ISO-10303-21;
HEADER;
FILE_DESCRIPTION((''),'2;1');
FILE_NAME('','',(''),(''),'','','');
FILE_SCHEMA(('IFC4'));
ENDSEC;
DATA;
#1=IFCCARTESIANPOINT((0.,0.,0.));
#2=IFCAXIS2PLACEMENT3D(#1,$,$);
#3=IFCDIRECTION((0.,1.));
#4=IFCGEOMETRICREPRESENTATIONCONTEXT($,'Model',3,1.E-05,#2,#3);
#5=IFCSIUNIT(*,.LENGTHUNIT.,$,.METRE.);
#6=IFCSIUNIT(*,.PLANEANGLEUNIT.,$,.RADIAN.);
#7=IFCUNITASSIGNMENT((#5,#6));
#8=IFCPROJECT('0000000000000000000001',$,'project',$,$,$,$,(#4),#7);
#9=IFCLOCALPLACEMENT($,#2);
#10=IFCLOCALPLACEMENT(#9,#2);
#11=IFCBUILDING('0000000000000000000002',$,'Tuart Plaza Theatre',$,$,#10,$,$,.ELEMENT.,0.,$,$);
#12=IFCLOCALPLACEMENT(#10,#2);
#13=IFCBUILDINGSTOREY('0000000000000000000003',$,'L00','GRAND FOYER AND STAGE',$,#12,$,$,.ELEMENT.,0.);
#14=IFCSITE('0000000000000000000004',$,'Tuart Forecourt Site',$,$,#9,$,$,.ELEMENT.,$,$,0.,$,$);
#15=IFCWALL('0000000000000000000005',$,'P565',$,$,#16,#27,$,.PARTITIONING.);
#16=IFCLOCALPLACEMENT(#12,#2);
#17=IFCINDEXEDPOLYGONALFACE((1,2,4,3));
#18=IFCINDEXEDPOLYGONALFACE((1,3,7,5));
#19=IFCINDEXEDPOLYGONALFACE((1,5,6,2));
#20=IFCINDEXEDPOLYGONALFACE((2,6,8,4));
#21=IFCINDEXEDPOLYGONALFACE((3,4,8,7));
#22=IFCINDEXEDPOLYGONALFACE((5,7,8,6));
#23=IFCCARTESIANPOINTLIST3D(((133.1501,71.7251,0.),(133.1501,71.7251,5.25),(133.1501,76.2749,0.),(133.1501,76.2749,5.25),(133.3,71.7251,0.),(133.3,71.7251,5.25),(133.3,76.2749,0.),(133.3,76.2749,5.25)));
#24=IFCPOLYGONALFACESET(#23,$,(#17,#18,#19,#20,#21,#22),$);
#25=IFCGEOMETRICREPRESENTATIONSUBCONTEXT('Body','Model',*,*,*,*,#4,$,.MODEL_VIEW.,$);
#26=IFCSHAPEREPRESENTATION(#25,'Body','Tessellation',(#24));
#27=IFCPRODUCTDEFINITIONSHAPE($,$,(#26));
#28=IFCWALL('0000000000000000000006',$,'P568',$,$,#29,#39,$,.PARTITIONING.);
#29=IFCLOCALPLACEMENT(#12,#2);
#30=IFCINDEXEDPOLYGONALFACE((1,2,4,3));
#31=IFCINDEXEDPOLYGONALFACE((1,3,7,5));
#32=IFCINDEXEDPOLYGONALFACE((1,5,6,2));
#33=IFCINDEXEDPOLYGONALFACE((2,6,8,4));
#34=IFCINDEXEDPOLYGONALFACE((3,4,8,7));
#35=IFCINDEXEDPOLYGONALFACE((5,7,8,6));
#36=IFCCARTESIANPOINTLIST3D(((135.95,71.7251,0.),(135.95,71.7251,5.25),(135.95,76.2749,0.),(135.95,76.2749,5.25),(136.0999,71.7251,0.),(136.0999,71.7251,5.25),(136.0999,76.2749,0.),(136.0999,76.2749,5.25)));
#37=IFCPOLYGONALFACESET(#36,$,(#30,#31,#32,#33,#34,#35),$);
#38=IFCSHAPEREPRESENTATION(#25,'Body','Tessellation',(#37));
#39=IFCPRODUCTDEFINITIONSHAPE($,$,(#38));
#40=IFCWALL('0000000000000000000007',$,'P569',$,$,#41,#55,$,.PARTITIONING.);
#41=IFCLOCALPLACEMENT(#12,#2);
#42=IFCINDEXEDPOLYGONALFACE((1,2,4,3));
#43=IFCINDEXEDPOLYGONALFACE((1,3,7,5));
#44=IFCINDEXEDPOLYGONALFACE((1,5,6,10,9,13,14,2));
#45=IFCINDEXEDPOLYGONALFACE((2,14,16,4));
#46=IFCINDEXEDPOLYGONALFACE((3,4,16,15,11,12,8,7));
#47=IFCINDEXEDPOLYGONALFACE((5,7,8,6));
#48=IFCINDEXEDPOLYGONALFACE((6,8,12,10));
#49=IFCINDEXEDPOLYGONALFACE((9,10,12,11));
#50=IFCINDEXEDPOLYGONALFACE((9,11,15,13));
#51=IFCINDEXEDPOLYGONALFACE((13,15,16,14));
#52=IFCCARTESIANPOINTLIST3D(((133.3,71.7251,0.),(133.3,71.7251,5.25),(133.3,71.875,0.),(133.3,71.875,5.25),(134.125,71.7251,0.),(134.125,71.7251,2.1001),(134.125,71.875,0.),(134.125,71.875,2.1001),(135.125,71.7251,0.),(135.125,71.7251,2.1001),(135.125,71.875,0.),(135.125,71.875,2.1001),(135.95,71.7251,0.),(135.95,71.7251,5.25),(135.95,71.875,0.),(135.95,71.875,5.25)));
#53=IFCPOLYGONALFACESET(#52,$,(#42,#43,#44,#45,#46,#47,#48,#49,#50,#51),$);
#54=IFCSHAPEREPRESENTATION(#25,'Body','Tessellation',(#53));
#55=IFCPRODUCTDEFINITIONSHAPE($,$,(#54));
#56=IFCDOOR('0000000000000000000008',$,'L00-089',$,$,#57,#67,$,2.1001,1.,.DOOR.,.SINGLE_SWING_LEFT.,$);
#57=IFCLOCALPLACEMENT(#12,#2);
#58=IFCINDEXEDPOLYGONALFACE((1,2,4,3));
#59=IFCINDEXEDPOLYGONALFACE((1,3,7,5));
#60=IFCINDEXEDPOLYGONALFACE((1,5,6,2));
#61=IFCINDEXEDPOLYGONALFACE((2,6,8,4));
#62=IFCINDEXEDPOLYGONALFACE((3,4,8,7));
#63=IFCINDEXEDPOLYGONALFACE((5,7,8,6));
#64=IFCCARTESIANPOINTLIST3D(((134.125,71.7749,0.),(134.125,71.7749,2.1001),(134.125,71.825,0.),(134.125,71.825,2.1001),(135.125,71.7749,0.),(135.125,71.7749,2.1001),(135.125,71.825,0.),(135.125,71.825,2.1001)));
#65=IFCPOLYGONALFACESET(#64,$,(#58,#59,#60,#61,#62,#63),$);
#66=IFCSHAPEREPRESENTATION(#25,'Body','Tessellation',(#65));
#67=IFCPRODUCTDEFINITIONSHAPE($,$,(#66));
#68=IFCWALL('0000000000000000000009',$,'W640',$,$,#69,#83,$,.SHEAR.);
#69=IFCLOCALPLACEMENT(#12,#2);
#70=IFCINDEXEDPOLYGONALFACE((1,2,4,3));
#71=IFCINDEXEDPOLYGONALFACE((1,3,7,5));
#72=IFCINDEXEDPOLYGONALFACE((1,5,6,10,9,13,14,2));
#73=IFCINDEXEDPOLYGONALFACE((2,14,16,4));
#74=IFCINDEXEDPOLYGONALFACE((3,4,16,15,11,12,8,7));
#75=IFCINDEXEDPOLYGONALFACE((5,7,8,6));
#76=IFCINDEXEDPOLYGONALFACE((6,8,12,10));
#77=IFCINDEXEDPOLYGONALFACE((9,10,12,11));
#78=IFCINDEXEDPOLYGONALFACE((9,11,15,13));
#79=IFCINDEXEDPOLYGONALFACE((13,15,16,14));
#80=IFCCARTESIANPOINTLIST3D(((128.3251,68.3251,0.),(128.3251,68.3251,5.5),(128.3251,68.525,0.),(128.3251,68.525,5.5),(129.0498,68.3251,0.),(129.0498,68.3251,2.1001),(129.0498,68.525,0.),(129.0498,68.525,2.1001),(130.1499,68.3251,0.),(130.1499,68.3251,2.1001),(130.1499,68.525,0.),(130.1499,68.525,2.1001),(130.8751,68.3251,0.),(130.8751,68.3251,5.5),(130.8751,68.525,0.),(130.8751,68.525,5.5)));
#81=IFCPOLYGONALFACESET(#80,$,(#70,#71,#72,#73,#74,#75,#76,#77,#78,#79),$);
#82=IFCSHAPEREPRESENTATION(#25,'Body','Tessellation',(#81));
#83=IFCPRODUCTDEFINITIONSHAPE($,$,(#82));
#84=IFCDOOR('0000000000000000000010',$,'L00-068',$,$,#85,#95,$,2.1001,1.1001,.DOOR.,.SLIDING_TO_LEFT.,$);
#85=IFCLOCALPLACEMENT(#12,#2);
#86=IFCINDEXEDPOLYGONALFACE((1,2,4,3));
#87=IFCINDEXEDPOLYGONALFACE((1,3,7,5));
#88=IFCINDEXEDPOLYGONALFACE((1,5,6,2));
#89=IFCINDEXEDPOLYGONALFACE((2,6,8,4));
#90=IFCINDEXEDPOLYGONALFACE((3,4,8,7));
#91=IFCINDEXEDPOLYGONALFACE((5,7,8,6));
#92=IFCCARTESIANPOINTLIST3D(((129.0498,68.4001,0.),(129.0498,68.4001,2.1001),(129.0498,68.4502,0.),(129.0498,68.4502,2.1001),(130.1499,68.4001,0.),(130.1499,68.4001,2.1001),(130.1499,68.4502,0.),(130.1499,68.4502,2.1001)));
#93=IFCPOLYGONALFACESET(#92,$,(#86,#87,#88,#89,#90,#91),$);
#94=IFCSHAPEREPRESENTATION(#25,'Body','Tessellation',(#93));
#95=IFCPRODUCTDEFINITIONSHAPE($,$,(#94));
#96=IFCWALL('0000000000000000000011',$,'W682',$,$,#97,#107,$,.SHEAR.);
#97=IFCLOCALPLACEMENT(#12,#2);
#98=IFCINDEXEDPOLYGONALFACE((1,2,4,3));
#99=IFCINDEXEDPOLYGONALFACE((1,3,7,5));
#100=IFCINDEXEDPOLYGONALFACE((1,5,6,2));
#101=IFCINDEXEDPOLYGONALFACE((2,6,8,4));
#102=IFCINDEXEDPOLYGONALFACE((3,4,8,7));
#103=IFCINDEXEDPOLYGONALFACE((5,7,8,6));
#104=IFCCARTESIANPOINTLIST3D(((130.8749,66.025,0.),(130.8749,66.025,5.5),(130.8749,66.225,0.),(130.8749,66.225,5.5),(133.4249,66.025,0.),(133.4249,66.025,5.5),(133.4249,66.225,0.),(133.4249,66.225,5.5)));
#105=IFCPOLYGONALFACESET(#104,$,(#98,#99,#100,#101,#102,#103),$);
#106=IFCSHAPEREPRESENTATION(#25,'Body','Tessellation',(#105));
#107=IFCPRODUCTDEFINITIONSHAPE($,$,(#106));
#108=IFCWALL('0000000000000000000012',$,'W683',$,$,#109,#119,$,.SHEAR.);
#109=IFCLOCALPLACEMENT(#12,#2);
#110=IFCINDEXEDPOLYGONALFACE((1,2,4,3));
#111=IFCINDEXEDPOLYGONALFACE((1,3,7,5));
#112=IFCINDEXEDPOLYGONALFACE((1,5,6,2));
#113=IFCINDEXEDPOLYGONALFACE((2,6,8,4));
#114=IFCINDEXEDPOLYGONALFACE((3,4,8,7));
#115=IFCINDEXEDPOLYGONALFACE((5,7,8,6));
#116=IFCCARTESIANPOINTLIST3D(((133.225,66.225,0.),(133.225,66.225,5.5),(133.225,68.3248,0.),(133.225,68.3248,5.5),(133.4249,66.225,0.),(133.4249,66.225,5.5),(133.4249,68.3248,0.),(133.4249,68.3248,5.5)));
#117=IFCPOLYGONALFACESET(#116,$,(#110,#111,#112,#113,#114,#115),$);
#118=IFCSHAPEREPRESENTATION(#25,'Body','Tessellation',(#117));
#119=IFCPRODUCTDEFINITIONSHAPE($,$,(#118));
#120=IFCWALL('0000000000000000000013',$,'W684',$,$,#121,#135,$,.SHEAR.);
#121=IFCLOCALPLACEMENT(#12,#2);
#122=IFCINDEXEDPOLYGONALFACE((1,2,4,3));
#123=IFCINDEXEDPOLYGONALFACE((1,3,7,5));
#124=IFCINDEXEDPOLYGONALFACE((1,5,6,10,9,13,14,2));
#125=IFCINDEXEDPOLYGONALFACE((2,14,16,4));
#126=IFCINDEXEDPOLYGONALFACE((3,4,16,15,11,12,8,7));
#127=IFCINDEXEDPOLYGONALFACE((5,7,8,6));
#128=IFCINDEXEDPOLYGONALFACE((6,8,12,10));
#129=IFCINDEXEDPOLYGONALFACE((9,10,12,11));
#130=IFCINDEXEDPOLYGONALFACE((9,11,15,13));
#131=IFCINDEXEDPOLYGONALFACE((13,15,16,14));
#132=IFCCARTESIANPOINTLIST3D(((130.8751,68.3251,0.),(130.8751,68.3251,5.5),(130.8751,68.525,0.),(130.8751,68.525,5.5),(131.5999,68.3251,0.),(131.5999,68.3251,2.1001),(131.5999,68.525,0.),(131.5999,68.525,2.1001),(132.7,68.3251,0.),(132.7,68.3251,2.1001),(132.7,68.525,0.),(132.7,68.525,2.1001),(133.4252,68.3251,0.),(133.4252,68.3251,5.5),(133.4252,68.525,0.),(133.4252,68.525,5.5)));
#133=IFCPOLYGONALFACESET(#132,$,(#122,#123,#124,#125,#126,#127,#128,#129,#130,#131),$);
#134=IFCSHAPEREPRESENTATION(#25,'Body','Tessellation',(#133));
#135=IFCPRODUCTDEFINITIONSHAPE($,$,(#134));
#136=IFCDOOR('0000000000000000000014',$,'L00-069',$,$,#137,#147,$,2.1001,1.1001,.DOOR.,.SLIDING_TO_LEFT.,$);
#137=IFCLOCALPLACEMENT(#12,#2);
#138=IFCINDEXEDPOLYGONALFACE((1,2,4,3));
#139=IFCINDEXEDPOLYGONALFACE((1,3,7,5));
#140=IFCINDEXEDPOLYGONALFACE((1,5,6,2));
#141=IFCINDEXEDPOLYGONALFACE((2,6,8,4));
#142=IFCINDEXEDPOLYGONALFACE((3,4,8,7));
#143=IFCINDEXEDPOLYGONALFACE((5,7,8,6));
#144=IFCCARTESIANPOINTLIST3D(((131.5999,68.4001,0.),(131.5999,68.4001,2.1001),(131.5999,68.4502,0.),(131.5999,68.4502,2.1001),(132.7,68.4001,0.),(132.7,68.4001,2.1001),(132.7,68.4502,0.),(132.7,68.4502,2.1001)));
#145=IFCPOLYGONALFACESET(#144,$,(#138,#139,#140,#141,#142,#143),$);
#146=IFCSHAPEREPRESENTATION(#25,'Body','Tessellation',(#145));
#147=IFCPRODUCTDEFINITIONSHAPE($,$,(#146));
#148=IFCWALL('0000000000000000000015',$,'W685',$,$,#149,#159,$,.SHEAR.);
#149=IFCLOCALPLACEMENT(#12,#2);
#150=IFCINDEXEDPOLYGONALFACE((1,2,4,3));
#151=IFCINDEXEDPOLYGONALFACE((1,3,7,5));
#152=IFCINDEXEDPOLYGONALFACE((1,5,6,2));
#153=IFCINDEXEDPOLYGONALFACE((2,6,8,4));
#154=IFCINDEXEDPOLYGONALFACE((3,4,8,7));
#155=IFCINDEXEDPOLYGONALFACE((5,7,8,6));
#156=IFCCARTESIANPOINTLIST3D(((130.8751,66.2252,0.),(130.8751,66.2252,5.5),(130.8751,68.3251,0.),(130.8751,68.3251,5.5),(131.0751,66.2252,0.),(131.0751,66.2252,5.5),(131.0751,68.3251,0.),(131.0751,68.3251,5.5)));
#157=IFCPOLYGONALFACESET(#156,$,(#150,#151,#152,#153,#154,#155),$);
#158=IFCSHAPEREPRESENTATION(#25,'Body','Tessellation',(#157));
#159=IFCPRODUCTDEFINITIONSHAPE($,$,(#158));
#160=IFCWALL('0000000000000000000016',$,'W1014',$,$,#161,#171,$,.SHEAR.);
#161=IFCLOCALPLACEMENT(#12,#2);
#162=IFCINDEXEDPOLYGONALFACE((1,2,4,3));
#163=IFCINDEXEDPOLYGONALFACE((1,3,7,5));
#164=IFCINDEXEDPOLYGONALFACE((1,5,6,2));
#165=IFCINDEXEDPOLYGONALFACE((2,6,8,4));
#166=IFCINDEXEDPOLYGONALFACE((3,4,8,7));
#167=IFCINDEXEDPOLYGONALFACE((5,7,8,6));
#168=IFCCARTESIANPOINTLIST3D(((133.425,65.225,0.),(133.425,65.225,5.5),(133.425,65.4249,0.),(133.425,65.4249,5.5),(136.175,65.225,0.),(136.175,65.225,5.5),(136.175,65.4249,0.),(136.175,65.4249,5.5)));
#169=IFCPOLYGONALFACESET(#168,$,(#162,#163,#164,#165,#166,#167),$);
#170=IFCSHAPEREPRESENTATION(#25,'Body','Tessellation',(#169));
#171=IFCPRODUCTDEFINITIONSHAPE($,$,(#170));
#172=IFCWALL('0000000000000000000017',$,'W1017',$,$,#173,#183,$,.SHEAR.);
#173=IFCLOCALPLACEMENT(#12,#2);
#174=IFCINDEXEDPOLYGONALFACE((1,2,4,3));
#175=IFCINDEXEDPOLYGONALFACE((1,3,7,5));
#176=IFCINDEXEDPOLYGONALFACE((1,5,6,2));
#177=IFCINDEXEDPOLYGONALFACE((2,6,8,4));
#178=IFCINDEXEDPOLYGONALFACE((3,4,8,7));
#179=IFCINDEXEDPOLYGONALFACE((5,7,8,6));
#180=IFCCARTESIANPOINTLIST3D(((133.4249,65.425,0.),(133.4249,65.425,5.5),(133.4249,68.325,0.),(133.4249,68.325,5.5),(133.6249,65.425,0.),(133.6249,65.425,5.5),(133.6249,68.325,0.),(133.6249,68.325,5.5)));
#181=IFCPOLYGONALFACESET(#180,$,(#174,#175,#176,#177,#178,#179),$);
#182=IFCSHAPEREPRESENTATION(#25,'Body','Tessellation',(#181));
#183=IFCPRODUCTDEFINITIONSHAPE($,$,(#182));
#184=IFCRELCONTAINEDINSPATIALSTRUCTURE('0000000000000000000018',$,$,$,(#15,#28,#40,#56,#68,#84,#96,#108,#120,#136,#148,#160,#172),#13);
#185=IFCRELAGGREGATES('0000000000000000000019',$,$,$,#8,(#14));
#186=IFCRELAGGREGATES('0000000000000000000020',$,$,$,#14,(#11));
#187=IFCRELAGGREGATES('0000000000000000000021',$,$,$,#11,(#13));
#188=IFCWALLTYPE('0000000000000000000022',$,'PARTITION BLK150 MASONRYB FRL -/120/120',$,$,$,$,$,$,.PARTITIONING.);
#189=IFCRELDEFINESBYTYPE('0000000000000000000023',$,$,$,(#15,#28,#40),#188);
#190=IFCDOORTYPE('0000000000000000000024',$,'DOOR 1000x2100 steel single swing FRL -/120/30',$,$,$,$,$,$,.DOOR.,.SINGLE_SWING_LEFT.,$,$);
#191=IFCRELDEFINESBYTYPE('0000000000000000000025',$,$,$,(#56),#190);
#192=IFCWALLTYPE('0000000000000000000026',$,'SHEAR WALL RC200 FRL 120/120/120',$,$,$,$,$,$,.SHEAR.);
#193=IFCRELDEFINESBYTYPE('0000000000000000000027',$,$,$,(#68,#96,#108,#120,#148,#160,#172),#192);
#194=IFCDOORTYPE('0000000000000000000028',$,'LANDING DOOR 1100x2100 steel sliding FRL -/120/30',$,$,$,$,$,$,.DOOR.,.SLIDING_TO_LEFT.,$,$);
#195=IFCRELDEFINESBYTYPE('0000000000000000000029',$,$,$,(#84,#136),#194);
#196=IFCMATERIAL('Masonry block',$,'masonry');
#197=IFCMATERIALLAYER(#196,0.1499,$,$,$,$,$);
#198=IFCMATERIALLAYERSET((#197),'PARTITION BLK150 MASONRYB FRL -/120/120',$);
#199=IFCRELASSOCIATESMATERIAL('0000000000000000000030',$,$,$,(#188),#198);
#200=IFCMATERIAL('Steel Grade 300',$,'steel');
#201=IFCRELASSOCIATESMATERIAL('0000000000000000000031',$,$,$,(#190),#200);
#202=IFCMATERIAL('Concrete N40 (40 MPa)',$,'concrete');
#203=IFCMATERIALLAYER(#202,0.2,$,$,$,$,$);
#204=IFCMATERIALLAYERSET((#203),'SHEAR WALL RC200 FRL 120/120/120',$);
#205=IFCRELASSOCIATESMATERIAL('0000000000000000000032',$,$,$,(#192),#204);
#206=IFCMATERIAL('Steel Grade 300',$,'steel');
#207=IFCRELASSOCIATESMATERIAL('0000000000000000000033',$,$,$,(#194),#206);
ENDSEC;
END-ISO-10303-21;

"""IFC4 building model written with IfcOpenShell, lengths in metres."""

from ifc_helpers import new_model, si_unit, direction, frame, frame_2d, origin, place, context, subcontext, project, spatial, rectangle, extrude, material, layer, layer_set, type_object, element, fill, save


model = new_model("IFC4")

# Units and contexts
model_context = context("Model", 3, precision=1e-05, world=origin(), true_north=direction((0.0, 1.0)))
body_context = subcontext(model_context, "Body", "Model", "MODEL_VIEW")
ifc_project = project(units=[si_unit("LENGTHUNIT", "METRE"), si_unit("PLANEANGLEUNIT", "RADIAN")], contexts=[model_context])

# Site, building, storey
site_placement = place(None, origin())
site = spatial("IfcSite", under=ifc_project, at=site_placement, Name="Tuart Forecourt Site", CompositionType="ELEMENT", RefElevation=0.0)
building_placement = place(site_placement, origin())
building = spatial("IfcBuilding", under=site, at=building_placement, Name="Tuart Plaza Theatre", CompositionType="ELEMENT", ElevationOfRefHeight=0.0)
storey_placement = place(building_placement, origin())
storey = spatial("IfcBuildingStorey", under=building, at=storey_placement, Name="L00", Description="GRAND FOYER AND STAGE", CompositionType="ELEMENT", Elevation=0.0)

# Walls
ifc_material_1 = material(Name="Masonry block", Category="masonry")
ifc_layer_1 = layer(ifc_material_1, 0.1499)
ifc_layer_set_1 = layer_set([ifc_layer_1], Name="PARTITION BLK150 MASONRYB FRL -/120/120")
wall_type_1 = type_object("IfcWallType", Name="PARTITION BLK150 MASONRYB FRL -/120/120", PredefinedType="PARTITIONING", material=ifc_layer_set_1)
for number, where, z_axis, x_axis, name in (
    (1, (133.2251, 71.7251, 0.0), (0.0, 0.0, 1.0), (0.0, 1.0, 0.0), "P565"),
    (2, (136.0249, 71.7251, 0.0), (0.0, 0.0, 1.0), (0.0, 1.0, 0.0), "P568"),
):
    element("IfcWall", number, at=place(storey_placement, frame(where, z_axis=z_axis, x_axis=x_axis)), inside=storey, type_object=wall_type_1, Name=name, PredefinedType="PARTITIONING", context=body_context, shape_type="SweptSolid", body=[
        extrude(rectangle(XDim=4.5498, YDim=0.1499, at=frame_2d((2.2749, 0.0))), origin(), (0.0, 0.0, 1.0), 5.25),
    ])

# Walls, openings, doors
wall_1_placement = place(storey_placement, frame((133.3, 71.8, 0.0), z_axis=(0.0, 0.0, 1.0), x_axis=(1.0, 0.0, 0.0)))
wall_1 = element("IfcWall", 3, at=wall_1_placement, inside=storey, type_object=wall_type_1, Name="P569", PredefinedType="PARTITIONING", context=body_context, shape_type="SweptSolid", body=[
    extrude(rectangle(XDim=2.6499, YDim=0.1499, at=frame_2d((1.325, 0.0))), origin(), (0.0, 0.0, 1.0), 5.25),
])
opening_1_placement = place(wall_1_placement, frame((0.825, 0.0, 0.0)))
opening_1 = element("IfcOpeningElement", 4, at=opening_1_placement, cuts=wall_1, PredefinedType="OPENING", context=body_context, shape_type="SweptSolid", body=[
    extrude(rectangle(XDim=1.0, YDim=2.1001, at=frame_2d((0.5, 1.05))), frame((0.0, 0.085, 0.0), z_axis=(0.0, -1.0, 0.0), x_axis=(1.0, 0.0, 0.0)), (0.0, 0.0, 1.0), 0.1699),
])
ifc_material_2 = material(Name="Steel Grade 300", Category="steel")
door_type_1 = type_object("IfcDoorType", Name="DOOR 1000x2100 steel single swing FRL -/120/30", OperationType="SINGLE_SWING_LEFT", PredefinedType="DOOR", material=ifc_material_2)
door_1_placement = place(opening_1_placement, origin())
door_1 = element("IfcDoor", 5, at=door_1_placement, inside=storey, type_object=door_type_1, Name="L00-089", OperationType="SINGLE_SWING_LEFT", OverallHeight=2.1001, OverallWidth=1.0, PredefinedType="DOOR", context=body_context, shape_type="SweptSolid", body=[
    extrude(rectangle(XDim=1.0, YDim=2.1001, at=frame_2d((0.5, 1.05))), frame((0.0, 0.0249, 0.0), z_axis=(0.0, -1.0, 0.0), x_axis=(1.0, 0.0, 0.0)), (0.0, 0.0, 1.0), 0.05),
])
fill(opening_1, door_1)
ifc_material_3 = material(Name="Concrete N40 (40 MPa)", Category="concrete")
ifc_layer_2 = layer(ifc_material_3, 0.2)
ifc_layer_set_2 = layer_set([ifc_layer_2], Name="SHEAR WALL RC200 FRL 120/120/120")
wall_type_2 = type_object("IfcWallType", Name="SHEAR WALL RC200 FRL 120/120/120", PredefinedType="SHEAR", material=ifc_layer_set_2)
wall_2_placement = place(storey_placement, frame((130.875, 68.425, 0.0), z_axis=(0.0, 0.0, 1.0), x_axis=(-1.0, 0.0, 0.0)))
wall_2 = element("IfcWall", 6, at=wall_2_placement, inside=storey, type_object=wall_type_2, Name="W640", PredefinedType="SHEAR", context=body_context, shape_type="SweptSolid", body=[
    extrude(rectangle(XDim=2.55, YDim=0.2, at=frame_2d((1.2749, 0.0))), origin(), (0.0, 0.0, 1.0), 5.5),
])
opening_2_placement = place(wall_2_placement, frame((0.7251, 0.0, 0.0)))
opening_2 = element("IfcOpeningElement", 7, at=opening_2_placement, cuts=wall_2, PredefinedType="OPENING", context=body_context, shape_type="SweptSolid", body=[
    extrude(rectangle(XDim=1.1001, YDim=2.1001, at=frame_2d((0.55, 1.05))), frame((0.0, 0.1099, 0.0), z_axis=(0.0, -1.0, 0.0), x_axis=(1.0, 0.0, 0.0)), (0.0, 0.0, 1.0), 0.22),
])
ifc_material_4 = material(Name="Steel Grade 300", Category="steel")
door_type_2 = type_object("IfcDoorType", Name="LANDING DOOR 1100x2100 steel sliding FRL -/120/30", OperationType="SLIDING_TO_LEFT", PredefinedType="DOOR", material=ifc_material_4)
door_2_placement = place(opening_2_placement, origin())
door_2 = element("IfcDoor", 8, at=door_2_placement, inside=storey, type_object=door_type_2, Name="L00-068", OperationType="SLIDING_TO_LEFT", OverallHeight=2.1001, OverallWidth=1.1001, PredefinedType="DOOR", context=body_context, shape_type="SweptSolid", body=[
    extrude(rectangle(XDim=1.1001, YDim=2.1001, at=frame_2d((0.55, 1.05))), frame((0.0, 0.0249, 0.0), z_axis=(0.0, -1.0, 0.0), x_axis=(1.0, 0.0, 0.0)), (0.0, 0.0, 1.0), 0.05),
])
fill(opening_2, door_2)

# Walls
wall_3_placement = place(storey_placement, frame((130.875, 66.125, 0.0), z_axis=(0.0, 0.0, 1.0), x_axis=(1.0, 0.0, 0.0)))
element("IfcWall", 9, at=wall_3_placement, inside=storey, type_object=wall_type_2, Name="W682", PredefinedType="SHEAR", context=body_context, shape_type="SweptSolid", body=[
    extrude(rectangle(XDim=2.55, YDim=0.2, at=frame_2d((1.2749, 0.0))), origin(), (0.0, 0.0, 1.0), 5.5),
])
wall_4_placement = place(storey_placement, frame((133.325, 66.2251, 0.0), z_axis=(0.0, 0.0, 1.0), x_axis=(0.0, 1.0, 0.0)))
element("IfcWall", 10, at=wall_4_placement, inside=storey, type_object=wall_type_2, Name="W683", PredefinedType="SHEAR", context=body_context, shape_type="SweptSolid", body=[
    extrude(rectangle(XDim=2.0999, YDim=0.2, at=frame_2d((1.0498, 0.0))), origin(), (0.0, 0.0, 1.0), 5.5),
])

# Wall, opening, door
wall_5_placement = place(storey_placement, frame((133.425, 68.425, 0.0), z_axis=(0.0, 0.0, 1.0), x_axis=(-1.0, 0.0, 0.0)))
wall_5 = element("IfcWall", 11, at=wall_5_placement, inside=storey, type_object=wall_type_2, Name="W684", PredefinedType="SHEAR", context=body_context, shape_type="SweptSolid", body=[
    extrude(rectangle(XDim=2.55, YDim=0.2, at=frame_2d((1.2749, 0.0))), origin(), (0.0, 0.0, 1.0), 5.5),
])
opening_3_placement = place(wall_5_placement, frame((0.7251, 0.0, 0.0)))
opening_3 = element("IfcOpeningElement", 12, at=opening_3_placement, cuts=wall_5, PredefinedType="OPENING", context=body_context, shape_type="SweptSolid", body=[
    extrude(rectangle(XDim=1.1001, YDim=2.1001, at=frame_2d((0.55, 1.05))), frame((0.0, 0.1099, 0.0), z_axis=(0.0, -1.0, 0.0), x_axis=(1.0, 0.0, 0.0)), (0.0, 0.0, 1.0), 0.22),
])
door_3_placement = place(opening_3_placement, origin())
door_3 = element("IfcDoor", 13, at=door_3_placement, inside=storey, type_object=door_type_2, Name="L00-069", OperationType="SLIDING_TO_LEFT", OverallHeight=2.1001, OverallWidth=1.1001, PredefinedType="DOOR", context=body_context, shape_type="SweptSolid", body=[
    extrude(rectangle(XDim=1.1001, YDim=2.1001, at=frame_2d((0.55, 1.05))), frame((0.0, 0.0249, 0.0), z_axis=(0.0, -1.0, 0.0), x_axis=(1.0, 0.0, 0.0)), (0.0, 0.0, 1.0), 0.05),
])
fill(opening_3, door_3)

# Walls
wall_6_placement = place(storey_placement, frame((130.9751, 68.325, 0.0), z_axis=(0.0, 0.0, 1.0), x_axis=(0.0, -1.0, 0.0)))
element("IfcWall", 14, at=wall_6_placement, inside=storey, type_object=wall_type_2, Name="W685", PredefinedType="SHEAR", context=body_context, shape_type="SweptSolid", body=[
    extrude(rectangle(XDim=2.0999, YDim=0.2, at=frame_2d((1.0498, 0.0))), origin(), (0.0, 0.0, 1.0), 5.5),
])
wall_7_placement = place(storey_placement, frame((133.425, 65.325, 0.0), z_axis=(0.0, 0.0, 1.0), x_axis=(1.0, 0.0, 0.0)))
element("IfcWall", 15, at=wall_7_placement, inside=storey, type_object=wall_type_2, Name="W1014", PredefinedType="SHEAR", context=body_context, shape_type="SweptSolid", body=[
    extrude(rectangle(XDim=2.75, YDim=0.2, at=frame_2d((1.375, 0.0))), origin(), (0.0, 0.0, 1.0), 5.5),
])
wall_8_placement = place(storey_placement, frame((133.5249, 68.325, 0.0), z_axis=(0.0, 0.0, 1.0), x_axis=(0.0, -1.0, 0.0)))
element("IfcWall", 16, at=wall_8_placement, inside=storey, type_object=wall_type_2, Name="W1017", PredefinedType="SHEAR", context=body_context, shape_type="SweptSolid", body=[
    extrude(rectangle(XDim=2.8999, YDim=0.2, at=frame_2d((1.45, 0.0))), origin(), (0.0, 0.0, 1.0), 5.5),
])

save(model, "model.ifc")
